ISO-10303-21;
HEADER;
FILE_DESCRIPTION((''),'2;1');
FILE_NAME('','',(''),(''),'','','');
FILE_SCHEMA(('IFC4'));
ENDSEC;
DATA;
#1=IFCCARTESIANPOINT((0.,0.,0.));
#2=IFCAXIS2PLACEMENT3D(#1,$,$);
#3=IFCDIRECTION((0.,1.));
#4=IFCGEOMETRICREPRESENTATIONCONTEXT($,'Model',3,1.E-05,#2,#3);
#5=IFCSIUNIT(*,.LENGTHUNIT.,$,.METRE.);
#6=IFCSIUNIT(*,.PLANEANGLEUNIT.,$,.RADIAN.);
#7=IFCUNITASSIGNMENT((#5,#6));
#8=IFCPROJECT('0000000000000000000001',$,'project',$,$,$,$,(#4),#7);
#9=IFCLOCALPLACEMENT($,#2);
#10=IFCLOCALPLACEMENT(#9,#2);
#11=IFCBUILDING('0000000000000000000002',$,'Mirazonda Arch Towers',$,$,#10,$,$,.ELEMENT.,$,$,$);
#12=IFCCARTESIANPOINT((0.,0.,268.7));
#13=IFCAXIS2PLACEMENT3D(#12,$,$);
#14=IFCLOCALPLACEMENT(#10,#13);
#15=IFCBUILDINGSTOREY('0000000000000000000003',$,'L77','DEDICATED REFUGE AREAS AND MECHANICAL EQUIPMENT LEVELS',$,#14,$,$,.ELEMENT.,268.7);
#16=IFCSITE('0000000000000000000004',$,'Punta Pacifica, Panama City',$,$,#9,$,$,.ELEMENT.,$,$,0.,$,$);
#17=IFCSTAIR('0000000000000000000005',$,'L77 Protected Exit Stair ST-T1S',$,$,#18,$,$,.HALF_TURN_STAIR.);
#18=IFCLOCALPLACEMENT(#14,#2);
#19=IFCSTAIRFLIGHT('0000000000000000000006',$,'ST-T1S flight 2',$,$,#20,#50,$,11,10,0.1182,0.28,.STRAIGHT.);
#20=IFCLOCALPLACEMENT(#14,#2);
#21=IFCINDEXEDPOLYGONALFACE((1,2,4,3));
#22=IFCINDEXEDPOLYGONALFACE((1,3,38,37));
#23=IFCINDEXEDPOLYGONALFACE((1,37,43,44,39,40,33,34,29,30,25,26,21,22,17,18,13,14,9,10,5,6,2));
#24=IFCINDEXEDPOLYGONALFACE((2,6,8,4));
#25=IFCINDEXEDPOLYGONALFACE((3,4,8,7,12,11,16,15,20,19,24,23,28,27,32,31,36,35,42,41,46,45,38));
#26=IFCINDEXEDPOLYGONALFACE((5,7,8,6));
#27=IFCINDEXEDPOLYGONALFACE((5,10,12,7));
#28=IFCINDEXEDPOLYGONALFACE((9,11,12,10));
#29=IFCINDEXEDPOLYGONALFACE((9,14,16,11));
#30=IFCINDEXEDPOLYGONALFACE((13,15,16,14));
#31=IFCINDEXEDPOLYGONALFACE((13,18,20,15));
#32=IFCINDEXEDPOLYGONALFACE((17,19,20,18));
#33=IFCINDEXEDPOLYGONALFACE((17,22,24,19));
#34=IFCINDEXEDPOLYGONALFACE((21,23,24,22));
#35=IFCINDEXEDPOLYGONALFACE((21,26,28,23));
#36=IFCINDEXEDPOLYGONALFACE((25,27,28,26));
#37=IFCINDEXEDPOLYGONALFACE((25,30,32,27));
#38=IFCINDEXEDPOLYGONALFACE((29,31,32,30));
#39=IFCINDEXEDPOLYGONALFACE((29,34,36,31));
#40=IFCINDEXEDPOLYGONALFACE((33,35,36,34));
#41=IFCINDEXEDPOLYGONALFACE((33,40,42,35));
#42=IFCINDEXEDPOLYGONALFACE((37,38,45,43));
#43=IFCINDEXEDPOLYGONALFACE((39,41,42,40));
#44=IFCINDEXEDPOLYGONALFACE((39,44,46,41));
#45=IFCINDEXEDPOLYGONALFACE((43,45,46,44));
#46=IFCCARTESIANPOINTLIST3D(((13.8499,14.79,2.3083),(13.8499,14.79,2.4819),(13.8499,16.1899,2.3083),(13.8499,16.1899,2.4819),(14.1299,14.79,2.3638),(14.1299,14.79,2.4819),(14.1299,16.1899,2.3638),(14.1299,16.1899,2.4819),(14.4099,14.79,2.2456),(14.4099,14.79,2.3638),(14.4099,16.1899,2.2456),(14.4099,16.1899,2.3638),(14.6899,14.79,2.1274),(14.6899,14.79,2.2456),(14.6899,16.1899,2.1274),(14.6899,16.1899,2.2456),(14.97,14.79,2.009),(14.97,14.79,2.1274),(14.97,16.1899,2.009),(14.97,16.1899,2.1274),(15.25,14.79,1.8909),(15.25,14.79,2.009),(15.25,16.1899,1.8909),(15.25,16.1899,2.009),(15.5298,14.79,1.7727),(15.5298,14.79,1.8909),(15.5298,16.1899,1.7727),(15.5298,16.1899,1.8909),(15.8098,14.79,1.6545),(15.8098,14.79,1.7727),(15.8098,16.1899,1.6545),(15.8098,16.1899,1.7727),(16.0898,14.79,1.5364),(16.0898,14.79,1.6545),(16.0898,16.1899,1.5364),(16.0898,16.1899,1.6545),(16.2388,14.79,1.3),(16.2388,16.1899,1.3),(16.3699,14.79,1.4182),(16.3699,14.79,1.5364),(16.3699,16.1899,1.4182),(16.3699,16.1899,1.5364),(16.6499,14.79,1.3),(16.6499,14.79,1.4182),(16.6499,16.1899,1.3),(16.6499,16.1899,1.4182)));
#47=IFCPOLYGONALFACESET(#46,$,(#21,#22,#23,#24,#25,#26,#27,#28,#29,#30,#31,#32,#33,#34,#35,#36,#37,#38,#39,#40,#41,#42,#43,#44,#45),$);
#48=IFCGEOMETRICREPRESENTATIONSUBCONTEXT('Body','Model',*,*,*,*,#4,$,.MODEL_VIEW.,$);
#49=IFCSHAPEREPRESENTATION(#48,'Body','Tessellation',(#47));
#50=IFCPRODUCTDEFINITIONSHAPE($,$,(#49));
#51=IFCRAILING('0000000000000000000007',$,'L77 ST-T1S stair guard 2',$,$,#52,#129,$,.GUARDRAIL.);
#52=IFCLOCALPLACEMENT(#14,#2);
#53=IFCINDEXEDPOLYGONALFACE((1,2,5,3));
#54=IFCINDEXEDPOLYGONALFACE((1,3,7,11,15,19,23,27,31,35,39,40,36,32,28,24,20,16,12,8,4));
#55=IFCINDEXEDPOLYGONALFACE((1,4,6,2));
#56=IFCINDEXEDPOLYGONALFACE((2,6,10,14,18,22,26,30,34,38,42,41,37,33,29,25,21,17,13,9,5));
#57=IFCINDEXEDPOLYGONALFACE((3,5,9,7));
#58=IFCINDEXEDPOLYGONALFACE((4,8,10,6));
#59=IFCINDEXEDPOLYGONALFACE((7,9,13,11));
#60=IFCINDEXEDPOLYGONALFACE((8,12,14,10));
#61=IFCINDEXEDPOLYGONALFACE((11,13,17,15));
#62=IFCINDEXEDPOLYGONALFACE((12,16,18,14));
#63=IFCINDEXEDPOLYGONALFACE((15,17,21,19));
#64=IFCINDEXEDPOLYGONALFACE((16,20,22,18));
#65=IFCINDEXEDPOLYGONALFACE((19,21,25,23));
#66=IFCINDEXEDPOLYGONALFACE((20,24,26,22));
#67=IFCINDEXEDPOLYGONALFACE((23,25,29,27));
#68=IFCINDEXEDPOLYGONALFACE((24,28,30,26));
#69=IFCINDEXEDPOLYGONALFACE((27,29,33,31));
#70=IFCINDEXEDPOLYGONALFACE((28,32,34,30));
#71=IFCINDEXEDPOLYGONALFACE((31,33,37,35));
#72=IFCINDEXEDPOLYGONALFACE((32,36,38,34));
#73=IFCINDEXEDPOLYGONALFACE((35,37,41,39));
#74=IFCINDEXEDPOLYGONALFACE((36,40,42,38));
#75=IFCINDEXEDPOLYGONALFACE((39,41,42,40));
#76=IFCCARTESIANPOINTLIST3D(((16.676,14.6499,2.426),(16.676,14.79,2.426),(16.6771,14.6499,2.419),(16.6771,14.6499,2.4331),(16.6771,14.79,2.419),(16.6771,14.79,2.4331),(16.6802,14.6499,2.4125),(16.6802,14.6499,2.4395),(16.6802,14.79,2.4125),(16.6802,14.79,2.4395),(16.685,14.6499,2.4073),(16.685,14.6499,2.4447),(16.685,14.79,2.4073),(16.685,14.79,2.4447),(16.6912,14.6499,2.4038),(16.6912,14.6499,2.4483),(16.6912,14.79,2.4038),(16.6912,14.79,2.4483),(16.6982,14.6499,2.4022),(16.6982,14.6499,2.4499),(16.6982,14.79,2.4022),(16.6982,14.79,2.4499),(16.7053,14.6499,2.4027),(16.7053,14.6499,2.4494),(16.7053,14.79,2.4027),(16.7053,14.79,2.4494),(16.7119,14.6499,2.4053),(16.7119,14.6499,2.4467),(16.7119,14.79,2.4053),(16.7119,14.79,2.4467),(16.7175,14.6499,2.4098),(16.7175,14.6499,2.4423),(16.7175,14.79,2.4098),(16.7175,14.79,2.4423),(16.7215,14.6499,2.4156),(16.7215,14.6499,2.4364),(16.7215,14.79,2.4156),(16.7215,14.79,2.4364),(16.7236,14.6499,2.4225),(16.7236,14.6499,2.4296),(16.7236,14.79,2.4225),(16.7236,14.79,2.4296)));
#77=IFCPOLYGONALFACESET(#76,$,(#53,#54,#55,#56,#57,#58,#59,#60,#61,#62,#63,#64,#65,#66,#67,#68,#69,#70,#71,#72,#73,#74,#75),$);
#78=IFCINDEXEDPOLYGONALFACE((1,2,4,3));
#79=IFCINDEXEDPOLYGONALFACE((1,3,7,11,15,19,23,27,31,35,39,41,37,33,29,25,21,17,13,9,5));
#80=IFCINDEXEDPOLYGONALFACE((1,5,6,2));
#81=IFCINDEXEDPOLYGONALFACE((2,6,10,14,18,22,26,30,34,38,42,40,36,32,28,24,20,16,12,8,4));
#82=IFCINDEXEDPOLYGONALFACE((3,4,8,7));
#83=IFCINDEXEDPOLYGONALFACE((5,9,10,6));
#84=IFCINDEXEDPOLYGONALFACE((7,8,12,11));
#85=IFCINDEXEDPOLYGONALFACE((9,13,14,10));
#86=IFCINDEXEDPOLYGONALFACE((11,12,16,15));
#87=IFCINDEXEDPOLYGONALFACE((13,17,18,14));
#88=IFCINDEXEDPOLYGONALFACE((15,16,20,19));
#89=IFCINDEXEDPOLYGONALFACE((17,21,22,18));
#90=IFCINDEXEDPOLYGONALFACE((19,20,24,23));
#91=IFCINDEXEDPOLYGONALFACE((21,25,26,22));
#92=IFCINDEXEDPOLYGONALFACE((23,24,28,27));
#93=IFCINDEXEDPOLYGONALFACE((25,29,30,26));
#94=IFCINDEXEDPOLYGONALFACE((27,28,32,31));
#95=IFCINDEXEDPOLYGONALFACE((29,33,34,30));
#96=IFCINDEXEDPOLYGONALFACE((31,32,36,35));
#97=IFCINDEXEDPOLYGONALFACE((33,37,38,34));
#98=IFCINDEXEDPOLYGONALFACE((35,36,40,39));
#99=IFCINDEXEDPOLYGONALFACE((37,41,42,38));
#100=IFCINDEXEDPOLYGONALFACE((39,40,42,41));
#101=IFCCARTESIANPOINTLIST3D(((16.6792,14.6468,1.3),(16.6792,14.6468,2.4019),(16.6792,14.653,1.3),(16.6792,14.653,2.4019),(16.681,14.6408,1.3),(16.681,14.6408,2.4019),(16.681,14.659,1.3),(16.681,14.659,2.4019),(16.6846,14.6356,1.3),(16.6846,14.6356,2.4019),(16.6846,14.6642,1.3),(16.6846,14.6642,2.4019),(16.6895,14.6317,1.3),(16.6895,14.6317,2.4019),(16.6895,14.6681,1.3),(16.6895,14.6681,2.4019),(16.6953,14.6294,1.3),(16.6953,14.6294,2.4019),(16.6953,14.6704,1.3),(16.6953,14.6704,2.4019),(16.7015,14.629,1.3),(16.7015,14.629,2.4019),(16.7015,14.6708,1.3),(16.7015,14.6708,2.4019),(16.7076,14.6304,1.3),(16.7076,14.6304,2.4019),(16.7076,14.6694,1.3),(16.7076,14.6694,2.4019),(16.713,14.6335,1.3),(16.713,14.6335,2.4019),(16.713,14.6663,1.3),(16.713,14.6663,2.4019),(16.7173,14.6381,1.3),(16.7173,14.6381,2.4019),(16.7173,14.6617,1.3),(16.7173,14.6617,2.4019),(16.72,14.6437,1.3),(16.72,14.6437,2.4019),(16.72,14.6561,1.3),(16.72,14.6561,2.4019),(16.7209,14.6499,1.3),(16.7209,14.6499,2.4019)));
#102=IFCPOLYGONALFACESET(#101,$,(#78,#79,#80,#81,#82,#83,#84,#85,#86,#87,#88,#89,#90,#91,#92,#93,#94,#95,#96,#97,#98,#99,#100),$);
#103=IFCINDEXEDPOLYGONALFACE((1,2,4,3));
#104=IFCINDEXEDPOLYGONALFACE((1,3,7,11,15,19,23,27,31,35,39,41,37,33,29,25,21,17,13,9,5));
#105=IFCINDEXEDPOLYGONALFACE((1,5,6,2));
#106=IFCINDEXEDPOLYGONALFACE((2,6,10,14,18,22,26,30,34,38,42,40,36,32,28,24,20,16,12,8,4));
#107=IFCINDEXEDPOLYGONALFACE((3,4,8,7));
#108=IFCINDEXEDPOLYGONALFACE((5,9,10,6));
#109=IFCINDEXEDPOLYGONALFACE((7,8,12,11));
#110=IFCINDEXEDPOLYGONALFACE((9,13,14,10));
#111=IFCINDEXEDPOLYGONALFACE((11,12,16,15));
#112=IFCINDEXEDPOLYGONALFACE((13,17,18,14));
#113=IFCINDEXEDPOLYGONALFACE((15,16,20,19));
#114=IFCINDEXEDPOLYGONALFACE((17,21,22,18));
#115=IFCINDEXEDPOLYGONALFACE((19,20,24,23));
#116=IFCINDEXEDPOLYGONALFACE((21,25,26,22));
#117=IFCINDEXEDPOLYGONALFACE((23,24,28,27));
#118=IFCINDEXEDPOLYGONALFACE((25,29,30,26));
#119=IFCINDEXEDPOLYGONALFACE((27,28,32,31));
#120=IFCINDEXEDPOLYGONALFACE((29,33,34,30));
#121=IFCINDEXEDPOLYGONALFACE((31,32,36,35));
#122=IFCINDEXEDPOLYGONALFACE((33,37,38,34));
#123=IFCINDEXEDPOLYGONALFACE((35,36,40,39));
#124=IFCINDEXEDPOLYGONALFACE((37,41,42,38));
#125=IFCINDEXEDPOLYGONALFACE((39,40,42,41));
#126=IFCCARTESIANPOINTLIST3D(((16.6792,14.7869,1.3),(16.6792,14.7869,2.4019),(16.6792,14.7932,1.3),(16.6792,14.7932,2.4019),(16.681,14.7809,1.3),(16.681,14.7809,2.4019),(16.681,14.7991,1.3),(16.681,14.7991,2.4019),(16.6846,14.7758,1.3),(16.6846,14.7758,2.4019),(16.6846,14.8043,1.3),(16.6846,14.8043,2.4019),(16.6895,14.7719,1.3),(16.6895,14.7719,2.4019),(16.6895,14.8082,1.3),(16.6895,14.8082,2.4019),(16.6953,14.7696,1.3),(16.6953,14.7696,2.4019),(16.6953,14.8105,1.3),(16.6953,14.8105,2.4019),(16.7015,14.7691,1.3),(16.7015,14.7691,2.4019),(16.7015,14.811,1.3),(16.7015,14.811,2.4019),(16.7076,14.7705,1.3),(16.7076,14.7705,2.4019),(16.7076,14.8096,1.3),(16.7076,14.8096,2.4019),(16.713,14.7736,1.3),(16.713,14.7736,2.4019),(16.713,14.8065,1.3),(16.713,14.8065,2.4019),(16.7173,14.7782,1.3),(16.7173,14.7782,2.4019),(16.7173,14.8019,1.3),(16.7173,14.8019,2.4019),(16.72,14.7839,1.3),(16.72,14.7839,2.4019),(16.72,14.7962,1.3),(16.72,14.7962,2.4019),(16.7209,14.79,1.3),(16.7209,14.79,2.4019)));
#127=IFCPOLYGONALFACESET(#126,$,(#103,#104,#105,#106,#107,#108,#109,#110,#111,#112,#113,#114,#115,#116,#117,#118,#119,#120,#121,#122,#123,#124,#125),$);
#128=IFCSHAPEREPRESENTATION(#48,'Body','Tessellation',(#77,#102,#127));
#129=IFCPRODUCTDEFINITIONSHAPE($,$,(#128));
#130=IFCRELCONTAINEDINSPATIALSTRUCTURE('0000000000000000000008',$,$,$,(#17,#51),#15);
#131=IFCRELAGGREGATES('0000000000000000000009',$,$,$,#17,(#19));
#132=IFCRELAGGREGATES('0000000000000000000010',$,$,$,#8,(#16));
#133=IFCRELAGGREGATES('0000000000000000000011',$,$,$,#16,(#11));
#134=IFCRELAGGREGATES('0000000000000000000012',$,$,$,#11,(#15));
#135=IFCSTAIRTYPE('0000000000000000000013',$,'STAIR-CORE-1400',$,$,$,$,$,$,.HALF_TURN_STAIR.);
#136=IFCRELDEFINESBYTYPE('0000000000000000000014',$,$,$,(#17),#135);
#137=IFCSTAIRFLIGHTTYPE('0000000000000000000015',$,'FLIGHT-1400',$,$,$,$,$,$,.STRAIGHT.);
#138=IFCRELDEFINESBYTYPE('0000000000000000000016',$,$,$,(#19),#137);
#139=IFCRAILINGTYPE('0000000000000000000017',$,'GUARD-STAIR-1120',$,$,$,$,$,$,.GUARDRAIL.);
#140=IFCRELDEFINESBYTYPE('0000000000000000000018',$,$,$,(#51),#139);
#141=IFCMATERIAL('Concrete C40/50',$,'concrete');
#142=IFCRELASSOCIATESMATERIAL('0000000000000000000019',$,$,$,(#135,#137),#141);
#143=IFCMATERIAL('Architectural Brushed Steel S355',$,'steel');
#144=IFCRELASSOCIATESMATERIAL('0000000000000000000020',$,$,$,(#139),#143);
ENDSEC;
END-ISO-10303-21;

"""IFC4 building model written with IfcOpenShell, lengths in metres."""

from ifc_helpers import new_model, si_unit, direction, frame, origin, origin_2d, place, context, subcontext, project, spatial, polyline, circle, outline, extrude, material, type_object, element, aggregate, save


model = new_model("IFC4")

# Units and contexts
model_context = context("Model", 3, precision=1e-05, world=origin(), true_north=direction((0.0, 1.0)))
body_context = subcontext(model_context, "Body", "Model", "MODEL_VIEW")
ifc_project = project(units=[si_unit("LENGTHUNIT", "METRE"), si_unit("PLANEANGLEUNIT", "RADIAN")], contexts=[model_context])

# Site, building, storey
site_placement = place(None, origin())
site = spatial("IfcSite", under=ifc_project, at=site_placement, Name="Punta Pacifica, Panama City", CompositionType="ELEMENT", RefElevation=0.0)
building_placement = place(site_placement, origin())
building = spatial("IfcBuilding", under=site, at=building_placement, Name="Mirazonda Arch Towers", CompositionType="ELEMENT")
storey_placement = place(building_placement, frame((0.0, 0.0, 268.7)))
storey = spatial("IfcBuildingStorey", under=building, at=storey_placement, Name="L77", Description="DEDICATED REFUGE AREAS AND MECHANICAL EQUIPMENT LEVELS", CompositionType="ELEMENT", Elevation=268.7)

# Shared definitions
ifc_material_1 = material(Name="Concrete C40/50", Category="concrete")

# Shared definitions
ifc_material_2 = material(Name="Architectural Brushed Steel S355", Category="steel")

# Stair, stair flight
stair_type = type_object("IfcStairType", Name="STAIR-CORE-1400", PredefinedType="HALF_TURN_STAIR", material=ifc_material_1)
stair_placement = place(storey_placement, origin())
stair = element("IfcStair", 1, at=stair_placement, inside=storey, type_object=stair_type, Name="L77 Protected Exit Stair ST-T1S", PredefinedType="HALF_TURN_STAIR")
stair_flight_type = type_object("IfcStairFlightType", Name="FLIGHT-1400", PredefinedType="STRAIGHT", material=ifc_material_1)
stair_flight_placement = place(storey_placement, frame((16.6499, 15.49, 1.3), z_axis=(0.0, 0.0, 1.0), x_axis=(-1.0, 0.0, 0.0)))
stair_flight = element("IfcStairFlight", 2, at=stair_flight_placement, type_object=stair_flight_type, Name="ST-T1S flight 2", NumberOfRisers=11, NumberOfTreads=10, PredefinedType="STRAIGHT", RiserHeight=0.1182, TreadLength=0.28, context=body_context, shape_type="SweptSolid", body=[
    extrude(outline(polyline([(0.0, 0.0), (0.0, 0.1182), (0.28, 0.1182), (0.28, 0.2363), (0.5601, 0.2363), (0.5601, 0.3545), (0.8401, 0.3545), (0.8401, 0.4727), (1.1201, 0.4727), (1.1201, 0.5908), (1.3999, 0.5908), (1.3999, 0.709), (1.6799, 0.709), (1.6799, 0.8274), (1.96, 0.8274), (1.96, 0.9456), (2.24, 0.9456), (2.24, 1.0637), (2.52, 1.0637), (2.52, 1.1819), (2.8, 1.1819), (2.8, 1.3), (2.8, 1.0083), (0.4111, 0.0), (0.0, 0.0)])), frame((0.0, 0.7, 0.0), z_axis=(0.0, -1.0, 0.0), x_axis=(1.0, 0.0, 0.0)), (0.0, 0.0, 1.0), 1.3999),
])
aggregate(stair, [stair_flight])

# Railing
railing_type_1 = type_object("IfcRailingType", Name="GUARD-STAIR-1120", PredefinedType="GUARDRAIL", material=ifc_material_2)
railing_1_placement = place(storey_placement, frame((16.7, 14.6499, 1.3)))
element("IfcRailing", 3, at=railing_1_placement, inside=storey, type_object=railing_type_1, Name="L77 ST-T1S stair guard 2", PredefinedType="GUARDRAIL", context=body_context, shape_type="SweptSolid", body=[
    extrude(circle(Radius=0.0239, at=origin_2d()), frame((0.0, 0.0, 1.126), z_axis=(0.0, 1.0, 0.0), x_axis=(-1.0, 0.0, 0.0)), (0.0, 0.0, 1.0), 0.1401),
    extrude(circle(Radius=0.021, at=origin_2d()), origin(), (0.0, 0.0, 1.0), 1.1018),
    extrude(circle(Radius=0.021, at=origin_2d()), frame((0.0, 0.1401, 0.0)), (0.0, 0.0, 1.0), 1.1018),
])

save(model, "model.ifc")
